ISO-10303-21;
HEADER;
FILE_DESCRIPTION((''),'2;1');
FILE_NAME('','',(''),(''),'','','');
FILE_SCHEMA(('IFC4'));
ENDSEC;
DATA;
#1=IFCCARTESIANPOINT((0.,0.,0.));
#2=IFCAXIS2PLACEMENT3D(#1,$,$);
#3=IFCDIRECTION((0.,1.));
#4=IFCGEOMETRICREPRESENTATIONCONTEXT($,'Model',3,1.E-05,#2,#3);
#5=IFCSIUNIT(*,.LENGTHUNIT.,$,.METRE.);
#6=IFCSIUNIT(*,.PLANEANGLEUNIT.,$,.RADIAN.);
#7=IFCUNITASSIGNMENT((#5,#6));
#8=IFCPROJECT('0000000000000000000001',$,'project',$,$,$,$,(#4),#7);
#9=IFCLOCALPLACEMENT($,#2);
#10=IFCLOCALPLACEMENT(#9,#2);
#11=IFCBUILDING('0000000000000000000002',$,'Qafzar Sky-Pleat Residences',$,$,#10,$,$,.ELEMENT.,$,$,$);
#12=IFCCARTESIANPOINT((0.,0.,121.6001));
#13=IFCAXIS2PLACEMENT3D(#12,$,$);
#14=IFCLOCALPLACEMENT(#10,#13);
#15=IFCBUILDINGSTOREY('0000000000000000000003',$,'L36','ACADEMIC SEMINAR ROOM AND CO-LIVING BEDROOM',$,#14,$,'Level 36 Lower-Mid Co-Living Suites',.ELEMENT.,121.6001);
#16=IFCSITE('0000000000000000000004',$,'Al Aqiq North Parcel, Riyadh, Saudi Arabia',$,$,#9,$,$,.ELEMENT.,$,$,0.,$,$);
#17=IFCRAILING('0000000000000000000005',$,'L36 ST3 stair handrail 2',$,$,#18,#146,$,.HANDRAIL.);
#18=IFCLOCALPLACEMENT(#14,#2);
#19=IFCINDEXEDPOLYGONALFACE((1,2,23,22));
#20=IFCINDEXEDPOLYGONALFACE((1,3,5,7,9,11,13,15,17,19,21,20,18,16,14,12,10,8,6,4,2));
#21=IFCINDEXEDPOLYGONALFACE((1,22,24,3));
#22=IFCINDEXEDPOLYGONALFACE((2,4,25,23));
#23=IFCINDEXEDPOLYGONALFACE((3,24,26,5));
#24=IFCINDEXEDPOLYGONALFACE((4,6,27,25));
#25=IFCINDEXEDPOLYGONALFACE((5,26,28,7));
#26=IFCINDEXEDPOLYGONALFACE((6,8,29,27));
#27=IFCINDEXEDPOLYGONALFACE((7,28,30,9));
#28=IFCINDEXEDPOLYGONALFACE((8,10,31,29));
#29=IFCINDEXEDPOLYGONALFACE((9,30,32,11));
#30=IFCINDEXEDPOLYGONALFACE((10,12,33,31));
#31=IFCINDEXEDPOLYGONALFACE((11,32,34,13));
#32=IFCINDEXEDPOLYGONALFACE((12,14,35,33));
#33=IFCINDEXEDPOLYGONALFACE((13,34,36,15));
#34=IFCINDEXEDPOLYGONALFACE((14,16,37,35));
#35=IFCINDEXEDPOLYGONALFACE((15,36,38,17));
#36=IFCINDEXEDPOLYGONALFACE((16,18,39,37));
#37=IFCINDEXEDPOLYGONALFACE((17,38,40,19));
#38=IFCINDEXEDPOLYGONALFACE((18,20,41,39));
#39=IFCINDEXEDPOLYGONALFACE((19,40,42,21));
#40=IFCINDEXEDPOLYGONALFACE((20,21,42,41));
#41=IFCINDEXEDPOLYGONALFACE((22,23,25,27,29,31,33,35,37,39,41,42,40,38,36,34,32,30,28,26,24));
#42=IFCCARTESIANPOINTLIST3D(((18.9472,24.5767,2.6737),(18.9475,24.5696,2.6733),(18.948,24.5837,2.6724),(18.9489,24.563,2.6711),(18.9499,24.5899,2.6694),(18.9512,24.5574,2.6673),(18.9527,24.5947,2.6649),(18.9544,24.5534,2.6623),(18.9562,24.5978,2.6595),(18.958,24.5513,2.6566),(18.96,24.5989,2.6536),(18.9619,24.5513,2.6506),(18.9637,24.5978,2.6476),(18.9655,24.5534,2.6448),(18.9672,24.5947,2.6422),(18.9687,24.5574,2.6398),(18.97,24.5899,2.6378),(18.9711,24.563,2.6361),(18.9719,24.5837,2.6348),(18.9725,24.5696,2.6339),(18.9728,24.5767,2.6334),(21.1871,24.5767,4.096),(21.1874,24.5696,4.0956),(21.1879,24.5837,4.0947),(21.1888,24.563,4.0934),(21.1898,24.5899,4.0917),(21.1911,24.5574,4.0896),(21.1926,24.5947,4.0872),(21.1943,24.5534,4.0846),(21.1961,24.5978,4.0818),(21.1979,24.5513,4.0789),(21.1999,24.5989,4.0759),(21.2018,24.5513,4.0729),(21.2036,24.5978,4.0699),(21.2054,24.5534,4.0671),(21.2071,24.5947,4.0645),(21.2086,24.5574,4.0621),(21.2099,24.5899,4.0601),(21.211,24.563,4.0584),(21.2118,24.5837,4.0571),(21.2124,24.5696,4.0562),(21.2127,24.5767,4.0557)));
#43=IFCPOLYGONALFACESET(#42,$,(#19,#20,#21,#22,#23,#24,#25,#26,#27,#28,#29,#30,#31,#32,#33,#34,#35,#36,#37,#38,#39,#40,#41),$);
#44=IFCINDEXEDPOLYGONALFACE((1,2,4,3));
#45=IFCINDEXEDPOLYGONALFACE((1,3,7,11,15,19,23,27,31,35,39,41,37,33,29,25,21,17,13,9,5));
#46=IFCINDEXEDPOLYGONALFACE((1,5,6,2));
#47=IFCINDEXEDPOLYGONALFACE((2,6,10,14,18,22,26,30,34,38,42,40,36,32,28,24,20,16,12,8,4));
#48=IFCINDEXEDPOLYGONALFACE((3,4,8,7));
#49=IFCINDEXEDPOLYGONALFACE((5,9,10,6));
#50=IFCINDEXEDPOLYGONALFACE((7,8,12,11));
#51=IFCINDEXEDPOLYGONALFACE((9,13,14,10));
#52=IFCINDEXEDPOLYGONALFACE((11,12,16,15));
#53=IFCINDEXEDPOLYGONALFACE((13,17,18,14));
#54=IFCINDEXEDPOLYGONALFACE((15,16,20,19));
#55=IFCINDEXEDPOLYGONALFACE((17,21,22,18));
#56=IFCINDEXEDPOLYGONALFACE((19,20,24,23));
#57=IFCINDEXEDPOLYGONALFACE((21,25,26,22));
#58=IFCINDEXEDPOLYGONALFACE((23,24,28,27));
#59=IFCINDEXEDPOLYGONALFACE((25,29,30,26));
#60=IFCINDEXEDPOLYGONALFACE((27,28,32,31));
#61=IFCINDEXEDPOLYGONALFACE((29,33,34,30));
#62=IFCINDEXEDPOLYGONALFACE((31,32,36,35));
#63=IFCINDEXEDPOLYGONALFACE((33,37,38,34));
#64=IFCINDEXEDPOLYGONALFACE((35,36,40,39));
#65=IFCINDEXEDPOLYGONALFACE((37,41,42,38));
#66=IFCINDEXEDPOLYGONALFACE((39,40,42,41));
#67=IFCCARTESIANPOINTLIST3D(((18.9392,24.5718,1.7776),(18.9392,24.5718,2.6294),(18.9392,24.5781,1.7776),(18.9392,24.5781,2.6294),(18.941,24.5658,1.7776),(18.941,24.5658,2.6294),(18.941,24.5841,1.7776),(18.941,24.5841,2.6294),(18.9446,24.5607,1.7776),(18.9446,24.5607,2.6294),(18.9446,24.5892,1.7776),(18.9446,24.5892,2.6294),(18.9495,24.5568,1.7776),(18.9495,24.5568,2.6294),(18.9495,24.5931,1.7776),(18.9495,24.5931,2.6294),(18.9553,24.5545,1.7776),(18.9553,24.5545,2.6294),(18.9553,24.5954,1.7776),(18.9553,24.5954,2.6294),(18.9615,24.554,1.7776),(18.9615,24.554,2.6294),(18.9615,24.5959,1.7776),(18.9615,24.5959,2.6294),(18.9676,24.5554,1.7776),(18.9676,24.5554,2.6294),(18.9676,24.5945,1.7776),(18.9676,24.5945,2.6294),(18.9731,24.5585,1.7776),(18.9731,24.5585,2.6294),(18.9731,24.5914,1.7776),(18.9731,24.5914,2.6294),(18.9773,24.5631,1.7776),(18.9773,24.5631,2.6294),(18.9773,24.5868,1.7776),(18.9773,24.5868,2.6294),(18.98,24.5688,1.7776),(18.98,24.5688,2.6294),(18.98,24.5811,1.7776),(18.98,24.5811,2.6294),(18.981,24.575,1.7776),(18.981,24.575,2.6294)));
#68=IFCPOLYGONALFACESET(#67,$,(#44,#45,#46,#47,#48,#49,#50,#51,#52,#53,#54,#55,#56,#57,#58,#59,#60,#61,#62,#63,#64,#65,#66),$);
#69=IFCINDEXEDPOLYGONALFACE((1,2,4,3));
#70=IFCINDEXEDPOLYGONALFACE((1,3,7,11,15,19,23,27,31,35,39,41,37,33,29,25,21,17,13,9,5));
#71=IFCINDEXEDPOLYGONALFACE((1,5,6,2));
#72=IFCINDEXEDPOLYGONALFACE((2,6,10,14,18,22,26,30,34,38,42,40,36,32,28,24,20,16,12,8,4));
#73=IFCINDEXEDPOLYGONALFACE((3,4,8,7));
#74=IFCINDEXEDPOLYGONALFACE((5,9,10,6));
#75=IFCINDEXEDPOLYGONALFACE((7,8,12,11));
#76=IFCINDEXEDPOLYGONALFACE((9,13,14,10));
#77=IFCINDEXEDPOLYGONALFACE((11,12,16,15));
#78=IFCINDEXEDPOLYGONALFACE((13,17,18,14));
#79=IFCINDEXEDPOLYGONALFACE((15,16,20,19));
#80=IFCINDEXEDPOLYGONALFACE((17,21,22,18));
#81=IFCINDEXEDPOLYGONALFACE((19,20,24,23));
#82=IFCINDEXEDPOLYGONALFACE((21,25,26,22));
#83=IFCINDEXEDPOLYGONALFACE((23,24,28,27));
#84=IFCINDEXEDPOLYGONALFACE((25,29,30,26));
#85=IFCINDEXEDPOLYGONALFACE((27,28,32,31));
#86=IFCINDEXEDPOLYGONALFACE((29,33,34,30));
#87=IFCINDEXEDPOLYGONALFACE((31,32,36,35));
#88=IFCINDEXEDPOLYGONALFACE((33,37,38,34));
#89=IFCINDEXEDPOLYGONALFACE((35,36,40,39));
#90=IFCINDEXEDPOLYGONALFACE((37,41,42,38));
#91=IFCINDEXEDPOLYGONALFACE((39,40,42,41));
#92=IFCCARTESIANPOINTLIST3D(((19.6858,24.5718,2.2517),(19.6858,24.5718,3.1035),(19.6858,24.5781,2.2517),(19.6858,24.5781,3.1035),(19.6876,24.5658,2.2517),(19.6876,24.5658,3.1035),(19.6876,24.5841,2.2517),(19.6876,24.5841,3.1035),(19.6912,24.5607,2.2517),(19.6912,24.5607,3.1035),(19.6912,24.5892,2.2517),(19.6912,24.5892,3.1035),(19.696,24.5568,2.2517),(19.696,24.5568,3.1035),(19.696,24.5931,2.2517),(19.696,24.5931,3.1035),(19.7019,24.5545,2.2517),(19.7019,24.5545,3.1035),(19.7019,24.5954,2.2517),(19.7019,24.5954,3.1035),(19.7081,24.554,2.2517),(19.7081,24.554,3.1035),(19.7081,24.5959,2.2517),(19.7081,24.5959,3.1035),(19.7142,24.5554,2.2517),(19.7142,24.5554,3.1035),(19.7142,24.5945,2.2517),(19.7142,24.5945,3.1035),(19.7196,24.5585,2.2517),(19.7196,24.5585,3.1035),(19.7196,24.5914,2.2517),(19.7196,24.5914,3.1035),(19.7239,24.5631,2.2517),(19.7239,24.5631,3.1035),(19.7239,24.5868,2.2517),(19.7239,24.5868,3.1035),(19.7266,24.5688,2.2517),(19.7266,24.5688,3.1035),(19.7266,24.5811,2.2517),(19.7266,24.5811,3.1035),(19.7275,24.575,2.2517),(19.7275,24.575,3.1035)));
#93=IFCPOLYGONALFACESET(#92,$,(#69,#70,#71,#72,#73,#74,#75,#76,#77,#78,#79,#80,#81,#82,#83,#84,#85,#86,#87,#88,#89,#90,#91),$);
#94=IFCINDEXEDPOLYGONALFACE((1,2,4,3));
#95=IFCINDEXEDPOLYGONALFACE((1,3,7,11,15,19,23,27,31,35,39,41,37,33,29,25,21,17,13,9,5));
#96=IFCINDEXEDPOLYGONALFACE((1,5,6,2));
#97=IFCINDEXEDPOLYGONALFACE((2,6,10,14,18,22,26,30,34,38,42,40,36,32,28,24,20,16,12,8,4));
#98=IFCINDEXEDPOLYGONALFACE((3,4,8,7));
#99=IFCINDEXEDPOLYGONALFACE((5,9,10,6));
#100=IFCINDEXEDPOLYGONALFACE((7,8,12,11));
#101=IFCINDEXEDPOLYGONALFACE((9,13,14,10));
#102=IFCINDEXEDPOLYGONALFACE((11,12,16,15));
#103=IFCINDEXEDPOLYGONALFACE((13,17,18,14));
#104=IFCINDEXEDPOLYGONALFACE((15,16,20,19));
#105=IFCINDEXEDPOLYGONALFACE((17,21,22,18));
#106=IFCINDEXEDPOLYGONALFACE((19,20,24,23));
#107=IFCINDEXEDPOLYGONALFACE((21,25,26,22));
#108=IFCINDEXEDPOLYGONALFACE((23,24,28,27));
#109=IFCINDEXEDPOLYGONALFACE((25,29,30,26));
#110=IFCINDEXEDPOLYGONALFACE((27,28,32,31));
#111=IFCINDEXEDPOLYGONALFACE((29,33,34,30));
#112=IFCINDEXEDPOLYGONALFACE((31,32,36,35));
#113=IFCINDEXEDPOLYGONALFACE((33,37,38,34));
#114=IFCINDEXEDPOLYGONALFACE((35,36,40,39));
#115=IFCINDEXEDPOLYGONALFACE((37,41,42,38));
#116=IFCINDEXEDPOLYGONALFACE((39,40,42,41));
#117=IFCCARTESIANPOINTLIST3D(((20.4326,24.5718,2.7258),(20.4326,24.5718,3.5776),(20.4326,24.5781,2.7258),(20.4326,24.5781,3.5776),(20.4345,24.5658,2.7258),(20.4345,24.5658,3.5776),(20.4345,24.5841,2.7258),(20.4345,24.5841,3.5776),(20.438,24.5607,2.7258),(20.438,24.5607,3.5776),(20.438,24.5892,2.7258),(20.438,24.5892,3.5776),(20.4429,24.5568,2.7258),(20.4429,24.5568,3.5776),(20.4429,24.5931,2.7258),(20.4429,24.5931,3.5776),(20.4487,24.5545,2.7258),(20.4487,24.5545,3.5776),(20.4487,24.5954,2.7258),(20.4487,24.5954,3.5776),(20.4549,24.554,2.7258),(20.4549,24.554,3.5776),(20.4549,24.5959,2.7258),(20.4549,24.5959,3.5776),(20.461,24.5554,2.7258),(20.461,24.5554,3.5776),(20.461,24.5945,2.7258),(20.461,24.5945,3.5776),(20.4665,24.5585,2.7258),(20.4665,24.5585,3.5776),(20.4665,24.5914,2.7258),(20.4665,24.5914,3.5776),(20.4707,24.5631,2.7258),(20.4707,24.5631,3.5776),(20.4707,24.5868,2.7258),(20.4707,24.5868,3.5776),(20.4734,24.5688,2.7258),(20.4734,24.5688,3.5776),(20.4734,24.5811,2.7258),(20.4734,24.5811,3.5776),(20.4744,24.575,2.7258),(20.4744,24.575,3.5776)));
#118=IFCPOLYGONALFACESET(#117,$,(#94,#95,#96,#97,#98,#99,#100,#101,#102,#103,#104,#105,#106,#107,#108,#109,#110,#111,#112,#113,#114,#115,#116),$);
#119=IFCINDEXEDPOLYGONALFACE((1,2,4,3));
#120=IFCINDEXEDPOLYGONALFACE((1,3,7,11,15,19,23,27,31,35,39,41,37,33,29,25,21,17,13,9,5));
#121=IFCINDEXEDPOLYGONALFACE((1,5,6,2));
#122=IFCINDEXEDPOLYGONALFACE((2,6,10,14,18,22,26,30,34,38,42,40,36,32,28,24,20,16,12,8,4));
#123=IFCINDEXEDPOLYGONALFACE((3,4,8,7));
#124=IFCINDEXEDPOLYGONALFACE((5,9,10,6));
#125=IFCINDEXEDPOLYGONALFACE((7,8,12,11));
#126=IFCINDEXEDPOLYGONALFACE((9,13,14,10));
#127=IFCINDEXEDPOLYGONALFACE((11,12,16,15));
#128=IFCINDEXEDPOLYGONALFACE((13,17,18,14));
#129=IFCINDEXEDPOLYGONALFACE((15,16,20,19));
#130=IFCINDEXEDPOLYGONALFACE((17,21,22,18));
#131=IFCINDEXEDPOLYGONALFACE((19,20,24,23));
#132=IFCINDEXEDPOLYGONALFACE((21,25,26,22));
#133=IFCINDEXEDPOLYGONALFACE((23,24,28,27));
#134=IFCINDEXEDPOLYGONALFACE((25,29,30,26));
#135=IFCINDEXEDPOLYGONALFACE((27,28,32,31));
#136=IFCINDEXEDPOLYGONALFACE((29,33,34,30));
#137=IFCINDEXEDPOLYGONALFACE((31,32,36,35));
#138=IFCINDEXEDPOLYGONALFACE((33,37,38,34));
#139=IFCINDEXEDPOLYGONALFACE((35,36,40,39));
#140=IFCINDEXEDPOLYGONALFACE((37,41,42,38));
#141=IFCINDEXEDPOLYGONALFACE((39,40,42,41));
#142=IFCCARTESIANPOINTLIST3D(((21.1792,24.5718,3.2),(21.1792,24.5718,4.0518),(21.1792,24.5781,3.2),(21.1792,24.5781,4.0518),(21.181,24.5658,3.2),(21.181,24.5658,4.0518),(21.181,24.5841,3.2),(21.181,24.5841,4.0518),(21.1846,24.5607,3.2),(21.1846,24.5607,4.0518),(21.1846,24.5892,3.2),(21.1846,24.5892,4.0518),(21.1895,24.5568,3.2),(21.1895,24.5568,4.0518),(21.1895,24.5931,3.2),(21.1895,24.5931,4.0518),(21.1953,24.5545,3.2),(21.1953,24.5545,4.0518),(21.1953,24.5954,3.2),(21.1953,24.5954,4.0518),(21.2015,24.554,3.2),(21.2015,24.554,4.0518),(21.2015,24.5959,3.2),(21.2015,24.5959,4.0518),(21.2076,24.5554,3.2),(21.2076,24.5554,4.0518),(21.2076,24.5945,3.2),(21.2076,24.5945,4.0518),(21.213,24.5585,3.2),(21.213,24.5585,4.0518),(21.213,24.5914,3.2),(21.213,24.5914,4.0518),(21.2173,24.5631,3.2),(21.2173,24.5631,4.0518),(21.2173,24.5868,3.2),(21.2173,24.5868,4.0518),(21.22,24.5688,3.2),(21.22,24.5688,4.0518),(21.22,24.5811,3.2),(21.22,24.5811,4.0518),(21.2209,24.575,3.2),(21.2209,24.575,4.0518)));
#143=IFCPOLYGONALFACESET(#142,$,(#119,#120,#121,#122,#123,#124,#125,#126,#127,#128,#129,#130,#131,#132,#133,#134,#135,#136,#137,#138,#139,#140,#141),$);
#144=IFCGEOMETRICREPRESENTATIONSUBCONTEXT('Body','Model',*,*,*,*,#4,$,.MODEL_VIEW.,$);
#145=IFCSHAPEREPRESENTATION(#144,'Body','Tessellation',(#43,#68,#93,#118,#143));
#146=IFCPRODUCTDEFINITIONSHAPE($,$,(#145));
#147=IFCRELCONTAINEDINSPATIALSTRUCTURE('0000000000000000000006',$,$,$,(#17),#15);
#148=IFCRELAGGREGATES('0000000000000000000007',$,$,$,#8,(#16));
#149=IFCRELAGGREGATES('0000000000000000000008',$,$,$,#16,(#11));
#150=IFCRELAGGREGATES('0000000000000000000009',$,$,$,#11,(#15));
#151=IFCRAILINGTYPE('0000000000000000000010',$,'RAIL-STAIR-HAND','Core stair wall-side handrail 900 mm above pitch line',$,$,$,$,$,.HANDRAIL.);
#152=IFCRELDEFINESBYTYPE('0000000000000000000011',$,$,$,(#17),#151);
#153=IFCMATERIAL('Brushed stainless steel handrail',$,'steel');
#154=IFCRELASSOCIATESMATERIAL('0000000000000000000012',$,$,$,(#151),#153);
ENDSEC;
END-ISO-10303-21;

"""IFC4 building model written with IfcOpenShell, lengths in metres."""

from ifc_helpers import new_model, si_unit, direction, frame, origin, origin_2d, place, context, subcontext, project, spatial, circle, extrude, source, transform, mapped, material, type_object, element, save


model = new_model("IFC4")

# Units and contexts
model_context = context("Model", 3, precision=1e-05, world=origin(), true_north=direction((0.0, 1.0)))
body_context = subcontext(model_context, "Body", "Model", "MODEL_VIEW")
ifc_project = project(units=[si_unit("LENGTHUNIT", "METRE"), si_unit("PLANEANGLEUNIT", "RADIAN")], contexts=[model_context])

# Site, building, storey
site_placement = place(None, origin())
site = spatial("IfcSite", under=ifc_project, at=site_placement, Name="Al Aqiq North Parcel, Riyadh, Saudi Arabia", CompositionType="ELEMENT", RefElevation=0.0)
building_placement = place(site_placement, origin())
building = spatial("IfcBuilding", under=site, at=building_placement, Name="Qafzar Sky-Pleat Residences", CompositionType="ELEMENT")
storey_placement = place(building_placement, frame((0.0, 0.0, 121.6001)))
storey = spatial("IfcBuildingStorey", under=building, at=storey_placement, Name="L36", Description="ACADEMIC SEMINAR ROOM AND CO-LIVING BEDROOM", LongName="Level 36 Lower-Mid Co-Living Suites", CompositionType="ELEMENT", Elevation=121.6001)

# Railing
ifc_material_1 = material(Name="Brushed stainless steel handrail", Category="steel")
railing_type_1 = type_object("IfcRailingType", Name="RAIL-STAIR-HAND", Description="Core stair wall-side handrail 900 mm above pitch line", PredefinedType="HANDRAIL", material=ifc_material_1)
shared_shape_1 = source(origin(), body_context, "Body", "SweptSolid", [
    extrude(circle(Radius=0.0239, at=origin_2d()), frame((0.0, 0.0, 0.876), z_axis=(0.844188, 0.0, 0.536048), x_axis=(0.0, 1.0, 0.0)), (0.0, 0.0, 1.0), 2.6533),
    extrude(circle(Radius=0.021, at=origin_2d()), origin(), (0.0, 0.0, 1.0), 0.8518),
    extrude(circle(Radius=0.021, at=origin_2d()), frame((0.7466, 0.0, 0.4741)), (0.0, 0.0, 1.0), 0.8518),
    extrude(circle(Radius=0.021, at=origin_2d()), frame((1.4934, 0.0, 0.9482)), (0.0, 0.0, 1.0), 0.8518),
    extrude(circle(Radius=0.021, at=origin_2d()), frame((2.24, 0.0, 1.4224)), (0.0, 0.0, 1.0), 0.8518),
])
for number, where, name in (
    (1, (18.96, 24.575, 1.7776), "L36 ST3 stair handrail 2"),
):
    element("IfcRailing", number, at=place(storey_placement, frame(where)), inside=storey, type_object=railing_type_1, Name=name, PredefinedType="HANDRAIL", context=body_context, shape_type="MappedRepresentation", body=[
        mapped(shared_shape_1, transform((0.0, 0.0, 0.0), x_axis=(1.0, 0.0, 0.0), y_axis=(0.0, 1.0, 0.0), z_axis=(0.0, 0.0, 1.0), scale=1.0)),
    ])

save(model, "model.ifc")
